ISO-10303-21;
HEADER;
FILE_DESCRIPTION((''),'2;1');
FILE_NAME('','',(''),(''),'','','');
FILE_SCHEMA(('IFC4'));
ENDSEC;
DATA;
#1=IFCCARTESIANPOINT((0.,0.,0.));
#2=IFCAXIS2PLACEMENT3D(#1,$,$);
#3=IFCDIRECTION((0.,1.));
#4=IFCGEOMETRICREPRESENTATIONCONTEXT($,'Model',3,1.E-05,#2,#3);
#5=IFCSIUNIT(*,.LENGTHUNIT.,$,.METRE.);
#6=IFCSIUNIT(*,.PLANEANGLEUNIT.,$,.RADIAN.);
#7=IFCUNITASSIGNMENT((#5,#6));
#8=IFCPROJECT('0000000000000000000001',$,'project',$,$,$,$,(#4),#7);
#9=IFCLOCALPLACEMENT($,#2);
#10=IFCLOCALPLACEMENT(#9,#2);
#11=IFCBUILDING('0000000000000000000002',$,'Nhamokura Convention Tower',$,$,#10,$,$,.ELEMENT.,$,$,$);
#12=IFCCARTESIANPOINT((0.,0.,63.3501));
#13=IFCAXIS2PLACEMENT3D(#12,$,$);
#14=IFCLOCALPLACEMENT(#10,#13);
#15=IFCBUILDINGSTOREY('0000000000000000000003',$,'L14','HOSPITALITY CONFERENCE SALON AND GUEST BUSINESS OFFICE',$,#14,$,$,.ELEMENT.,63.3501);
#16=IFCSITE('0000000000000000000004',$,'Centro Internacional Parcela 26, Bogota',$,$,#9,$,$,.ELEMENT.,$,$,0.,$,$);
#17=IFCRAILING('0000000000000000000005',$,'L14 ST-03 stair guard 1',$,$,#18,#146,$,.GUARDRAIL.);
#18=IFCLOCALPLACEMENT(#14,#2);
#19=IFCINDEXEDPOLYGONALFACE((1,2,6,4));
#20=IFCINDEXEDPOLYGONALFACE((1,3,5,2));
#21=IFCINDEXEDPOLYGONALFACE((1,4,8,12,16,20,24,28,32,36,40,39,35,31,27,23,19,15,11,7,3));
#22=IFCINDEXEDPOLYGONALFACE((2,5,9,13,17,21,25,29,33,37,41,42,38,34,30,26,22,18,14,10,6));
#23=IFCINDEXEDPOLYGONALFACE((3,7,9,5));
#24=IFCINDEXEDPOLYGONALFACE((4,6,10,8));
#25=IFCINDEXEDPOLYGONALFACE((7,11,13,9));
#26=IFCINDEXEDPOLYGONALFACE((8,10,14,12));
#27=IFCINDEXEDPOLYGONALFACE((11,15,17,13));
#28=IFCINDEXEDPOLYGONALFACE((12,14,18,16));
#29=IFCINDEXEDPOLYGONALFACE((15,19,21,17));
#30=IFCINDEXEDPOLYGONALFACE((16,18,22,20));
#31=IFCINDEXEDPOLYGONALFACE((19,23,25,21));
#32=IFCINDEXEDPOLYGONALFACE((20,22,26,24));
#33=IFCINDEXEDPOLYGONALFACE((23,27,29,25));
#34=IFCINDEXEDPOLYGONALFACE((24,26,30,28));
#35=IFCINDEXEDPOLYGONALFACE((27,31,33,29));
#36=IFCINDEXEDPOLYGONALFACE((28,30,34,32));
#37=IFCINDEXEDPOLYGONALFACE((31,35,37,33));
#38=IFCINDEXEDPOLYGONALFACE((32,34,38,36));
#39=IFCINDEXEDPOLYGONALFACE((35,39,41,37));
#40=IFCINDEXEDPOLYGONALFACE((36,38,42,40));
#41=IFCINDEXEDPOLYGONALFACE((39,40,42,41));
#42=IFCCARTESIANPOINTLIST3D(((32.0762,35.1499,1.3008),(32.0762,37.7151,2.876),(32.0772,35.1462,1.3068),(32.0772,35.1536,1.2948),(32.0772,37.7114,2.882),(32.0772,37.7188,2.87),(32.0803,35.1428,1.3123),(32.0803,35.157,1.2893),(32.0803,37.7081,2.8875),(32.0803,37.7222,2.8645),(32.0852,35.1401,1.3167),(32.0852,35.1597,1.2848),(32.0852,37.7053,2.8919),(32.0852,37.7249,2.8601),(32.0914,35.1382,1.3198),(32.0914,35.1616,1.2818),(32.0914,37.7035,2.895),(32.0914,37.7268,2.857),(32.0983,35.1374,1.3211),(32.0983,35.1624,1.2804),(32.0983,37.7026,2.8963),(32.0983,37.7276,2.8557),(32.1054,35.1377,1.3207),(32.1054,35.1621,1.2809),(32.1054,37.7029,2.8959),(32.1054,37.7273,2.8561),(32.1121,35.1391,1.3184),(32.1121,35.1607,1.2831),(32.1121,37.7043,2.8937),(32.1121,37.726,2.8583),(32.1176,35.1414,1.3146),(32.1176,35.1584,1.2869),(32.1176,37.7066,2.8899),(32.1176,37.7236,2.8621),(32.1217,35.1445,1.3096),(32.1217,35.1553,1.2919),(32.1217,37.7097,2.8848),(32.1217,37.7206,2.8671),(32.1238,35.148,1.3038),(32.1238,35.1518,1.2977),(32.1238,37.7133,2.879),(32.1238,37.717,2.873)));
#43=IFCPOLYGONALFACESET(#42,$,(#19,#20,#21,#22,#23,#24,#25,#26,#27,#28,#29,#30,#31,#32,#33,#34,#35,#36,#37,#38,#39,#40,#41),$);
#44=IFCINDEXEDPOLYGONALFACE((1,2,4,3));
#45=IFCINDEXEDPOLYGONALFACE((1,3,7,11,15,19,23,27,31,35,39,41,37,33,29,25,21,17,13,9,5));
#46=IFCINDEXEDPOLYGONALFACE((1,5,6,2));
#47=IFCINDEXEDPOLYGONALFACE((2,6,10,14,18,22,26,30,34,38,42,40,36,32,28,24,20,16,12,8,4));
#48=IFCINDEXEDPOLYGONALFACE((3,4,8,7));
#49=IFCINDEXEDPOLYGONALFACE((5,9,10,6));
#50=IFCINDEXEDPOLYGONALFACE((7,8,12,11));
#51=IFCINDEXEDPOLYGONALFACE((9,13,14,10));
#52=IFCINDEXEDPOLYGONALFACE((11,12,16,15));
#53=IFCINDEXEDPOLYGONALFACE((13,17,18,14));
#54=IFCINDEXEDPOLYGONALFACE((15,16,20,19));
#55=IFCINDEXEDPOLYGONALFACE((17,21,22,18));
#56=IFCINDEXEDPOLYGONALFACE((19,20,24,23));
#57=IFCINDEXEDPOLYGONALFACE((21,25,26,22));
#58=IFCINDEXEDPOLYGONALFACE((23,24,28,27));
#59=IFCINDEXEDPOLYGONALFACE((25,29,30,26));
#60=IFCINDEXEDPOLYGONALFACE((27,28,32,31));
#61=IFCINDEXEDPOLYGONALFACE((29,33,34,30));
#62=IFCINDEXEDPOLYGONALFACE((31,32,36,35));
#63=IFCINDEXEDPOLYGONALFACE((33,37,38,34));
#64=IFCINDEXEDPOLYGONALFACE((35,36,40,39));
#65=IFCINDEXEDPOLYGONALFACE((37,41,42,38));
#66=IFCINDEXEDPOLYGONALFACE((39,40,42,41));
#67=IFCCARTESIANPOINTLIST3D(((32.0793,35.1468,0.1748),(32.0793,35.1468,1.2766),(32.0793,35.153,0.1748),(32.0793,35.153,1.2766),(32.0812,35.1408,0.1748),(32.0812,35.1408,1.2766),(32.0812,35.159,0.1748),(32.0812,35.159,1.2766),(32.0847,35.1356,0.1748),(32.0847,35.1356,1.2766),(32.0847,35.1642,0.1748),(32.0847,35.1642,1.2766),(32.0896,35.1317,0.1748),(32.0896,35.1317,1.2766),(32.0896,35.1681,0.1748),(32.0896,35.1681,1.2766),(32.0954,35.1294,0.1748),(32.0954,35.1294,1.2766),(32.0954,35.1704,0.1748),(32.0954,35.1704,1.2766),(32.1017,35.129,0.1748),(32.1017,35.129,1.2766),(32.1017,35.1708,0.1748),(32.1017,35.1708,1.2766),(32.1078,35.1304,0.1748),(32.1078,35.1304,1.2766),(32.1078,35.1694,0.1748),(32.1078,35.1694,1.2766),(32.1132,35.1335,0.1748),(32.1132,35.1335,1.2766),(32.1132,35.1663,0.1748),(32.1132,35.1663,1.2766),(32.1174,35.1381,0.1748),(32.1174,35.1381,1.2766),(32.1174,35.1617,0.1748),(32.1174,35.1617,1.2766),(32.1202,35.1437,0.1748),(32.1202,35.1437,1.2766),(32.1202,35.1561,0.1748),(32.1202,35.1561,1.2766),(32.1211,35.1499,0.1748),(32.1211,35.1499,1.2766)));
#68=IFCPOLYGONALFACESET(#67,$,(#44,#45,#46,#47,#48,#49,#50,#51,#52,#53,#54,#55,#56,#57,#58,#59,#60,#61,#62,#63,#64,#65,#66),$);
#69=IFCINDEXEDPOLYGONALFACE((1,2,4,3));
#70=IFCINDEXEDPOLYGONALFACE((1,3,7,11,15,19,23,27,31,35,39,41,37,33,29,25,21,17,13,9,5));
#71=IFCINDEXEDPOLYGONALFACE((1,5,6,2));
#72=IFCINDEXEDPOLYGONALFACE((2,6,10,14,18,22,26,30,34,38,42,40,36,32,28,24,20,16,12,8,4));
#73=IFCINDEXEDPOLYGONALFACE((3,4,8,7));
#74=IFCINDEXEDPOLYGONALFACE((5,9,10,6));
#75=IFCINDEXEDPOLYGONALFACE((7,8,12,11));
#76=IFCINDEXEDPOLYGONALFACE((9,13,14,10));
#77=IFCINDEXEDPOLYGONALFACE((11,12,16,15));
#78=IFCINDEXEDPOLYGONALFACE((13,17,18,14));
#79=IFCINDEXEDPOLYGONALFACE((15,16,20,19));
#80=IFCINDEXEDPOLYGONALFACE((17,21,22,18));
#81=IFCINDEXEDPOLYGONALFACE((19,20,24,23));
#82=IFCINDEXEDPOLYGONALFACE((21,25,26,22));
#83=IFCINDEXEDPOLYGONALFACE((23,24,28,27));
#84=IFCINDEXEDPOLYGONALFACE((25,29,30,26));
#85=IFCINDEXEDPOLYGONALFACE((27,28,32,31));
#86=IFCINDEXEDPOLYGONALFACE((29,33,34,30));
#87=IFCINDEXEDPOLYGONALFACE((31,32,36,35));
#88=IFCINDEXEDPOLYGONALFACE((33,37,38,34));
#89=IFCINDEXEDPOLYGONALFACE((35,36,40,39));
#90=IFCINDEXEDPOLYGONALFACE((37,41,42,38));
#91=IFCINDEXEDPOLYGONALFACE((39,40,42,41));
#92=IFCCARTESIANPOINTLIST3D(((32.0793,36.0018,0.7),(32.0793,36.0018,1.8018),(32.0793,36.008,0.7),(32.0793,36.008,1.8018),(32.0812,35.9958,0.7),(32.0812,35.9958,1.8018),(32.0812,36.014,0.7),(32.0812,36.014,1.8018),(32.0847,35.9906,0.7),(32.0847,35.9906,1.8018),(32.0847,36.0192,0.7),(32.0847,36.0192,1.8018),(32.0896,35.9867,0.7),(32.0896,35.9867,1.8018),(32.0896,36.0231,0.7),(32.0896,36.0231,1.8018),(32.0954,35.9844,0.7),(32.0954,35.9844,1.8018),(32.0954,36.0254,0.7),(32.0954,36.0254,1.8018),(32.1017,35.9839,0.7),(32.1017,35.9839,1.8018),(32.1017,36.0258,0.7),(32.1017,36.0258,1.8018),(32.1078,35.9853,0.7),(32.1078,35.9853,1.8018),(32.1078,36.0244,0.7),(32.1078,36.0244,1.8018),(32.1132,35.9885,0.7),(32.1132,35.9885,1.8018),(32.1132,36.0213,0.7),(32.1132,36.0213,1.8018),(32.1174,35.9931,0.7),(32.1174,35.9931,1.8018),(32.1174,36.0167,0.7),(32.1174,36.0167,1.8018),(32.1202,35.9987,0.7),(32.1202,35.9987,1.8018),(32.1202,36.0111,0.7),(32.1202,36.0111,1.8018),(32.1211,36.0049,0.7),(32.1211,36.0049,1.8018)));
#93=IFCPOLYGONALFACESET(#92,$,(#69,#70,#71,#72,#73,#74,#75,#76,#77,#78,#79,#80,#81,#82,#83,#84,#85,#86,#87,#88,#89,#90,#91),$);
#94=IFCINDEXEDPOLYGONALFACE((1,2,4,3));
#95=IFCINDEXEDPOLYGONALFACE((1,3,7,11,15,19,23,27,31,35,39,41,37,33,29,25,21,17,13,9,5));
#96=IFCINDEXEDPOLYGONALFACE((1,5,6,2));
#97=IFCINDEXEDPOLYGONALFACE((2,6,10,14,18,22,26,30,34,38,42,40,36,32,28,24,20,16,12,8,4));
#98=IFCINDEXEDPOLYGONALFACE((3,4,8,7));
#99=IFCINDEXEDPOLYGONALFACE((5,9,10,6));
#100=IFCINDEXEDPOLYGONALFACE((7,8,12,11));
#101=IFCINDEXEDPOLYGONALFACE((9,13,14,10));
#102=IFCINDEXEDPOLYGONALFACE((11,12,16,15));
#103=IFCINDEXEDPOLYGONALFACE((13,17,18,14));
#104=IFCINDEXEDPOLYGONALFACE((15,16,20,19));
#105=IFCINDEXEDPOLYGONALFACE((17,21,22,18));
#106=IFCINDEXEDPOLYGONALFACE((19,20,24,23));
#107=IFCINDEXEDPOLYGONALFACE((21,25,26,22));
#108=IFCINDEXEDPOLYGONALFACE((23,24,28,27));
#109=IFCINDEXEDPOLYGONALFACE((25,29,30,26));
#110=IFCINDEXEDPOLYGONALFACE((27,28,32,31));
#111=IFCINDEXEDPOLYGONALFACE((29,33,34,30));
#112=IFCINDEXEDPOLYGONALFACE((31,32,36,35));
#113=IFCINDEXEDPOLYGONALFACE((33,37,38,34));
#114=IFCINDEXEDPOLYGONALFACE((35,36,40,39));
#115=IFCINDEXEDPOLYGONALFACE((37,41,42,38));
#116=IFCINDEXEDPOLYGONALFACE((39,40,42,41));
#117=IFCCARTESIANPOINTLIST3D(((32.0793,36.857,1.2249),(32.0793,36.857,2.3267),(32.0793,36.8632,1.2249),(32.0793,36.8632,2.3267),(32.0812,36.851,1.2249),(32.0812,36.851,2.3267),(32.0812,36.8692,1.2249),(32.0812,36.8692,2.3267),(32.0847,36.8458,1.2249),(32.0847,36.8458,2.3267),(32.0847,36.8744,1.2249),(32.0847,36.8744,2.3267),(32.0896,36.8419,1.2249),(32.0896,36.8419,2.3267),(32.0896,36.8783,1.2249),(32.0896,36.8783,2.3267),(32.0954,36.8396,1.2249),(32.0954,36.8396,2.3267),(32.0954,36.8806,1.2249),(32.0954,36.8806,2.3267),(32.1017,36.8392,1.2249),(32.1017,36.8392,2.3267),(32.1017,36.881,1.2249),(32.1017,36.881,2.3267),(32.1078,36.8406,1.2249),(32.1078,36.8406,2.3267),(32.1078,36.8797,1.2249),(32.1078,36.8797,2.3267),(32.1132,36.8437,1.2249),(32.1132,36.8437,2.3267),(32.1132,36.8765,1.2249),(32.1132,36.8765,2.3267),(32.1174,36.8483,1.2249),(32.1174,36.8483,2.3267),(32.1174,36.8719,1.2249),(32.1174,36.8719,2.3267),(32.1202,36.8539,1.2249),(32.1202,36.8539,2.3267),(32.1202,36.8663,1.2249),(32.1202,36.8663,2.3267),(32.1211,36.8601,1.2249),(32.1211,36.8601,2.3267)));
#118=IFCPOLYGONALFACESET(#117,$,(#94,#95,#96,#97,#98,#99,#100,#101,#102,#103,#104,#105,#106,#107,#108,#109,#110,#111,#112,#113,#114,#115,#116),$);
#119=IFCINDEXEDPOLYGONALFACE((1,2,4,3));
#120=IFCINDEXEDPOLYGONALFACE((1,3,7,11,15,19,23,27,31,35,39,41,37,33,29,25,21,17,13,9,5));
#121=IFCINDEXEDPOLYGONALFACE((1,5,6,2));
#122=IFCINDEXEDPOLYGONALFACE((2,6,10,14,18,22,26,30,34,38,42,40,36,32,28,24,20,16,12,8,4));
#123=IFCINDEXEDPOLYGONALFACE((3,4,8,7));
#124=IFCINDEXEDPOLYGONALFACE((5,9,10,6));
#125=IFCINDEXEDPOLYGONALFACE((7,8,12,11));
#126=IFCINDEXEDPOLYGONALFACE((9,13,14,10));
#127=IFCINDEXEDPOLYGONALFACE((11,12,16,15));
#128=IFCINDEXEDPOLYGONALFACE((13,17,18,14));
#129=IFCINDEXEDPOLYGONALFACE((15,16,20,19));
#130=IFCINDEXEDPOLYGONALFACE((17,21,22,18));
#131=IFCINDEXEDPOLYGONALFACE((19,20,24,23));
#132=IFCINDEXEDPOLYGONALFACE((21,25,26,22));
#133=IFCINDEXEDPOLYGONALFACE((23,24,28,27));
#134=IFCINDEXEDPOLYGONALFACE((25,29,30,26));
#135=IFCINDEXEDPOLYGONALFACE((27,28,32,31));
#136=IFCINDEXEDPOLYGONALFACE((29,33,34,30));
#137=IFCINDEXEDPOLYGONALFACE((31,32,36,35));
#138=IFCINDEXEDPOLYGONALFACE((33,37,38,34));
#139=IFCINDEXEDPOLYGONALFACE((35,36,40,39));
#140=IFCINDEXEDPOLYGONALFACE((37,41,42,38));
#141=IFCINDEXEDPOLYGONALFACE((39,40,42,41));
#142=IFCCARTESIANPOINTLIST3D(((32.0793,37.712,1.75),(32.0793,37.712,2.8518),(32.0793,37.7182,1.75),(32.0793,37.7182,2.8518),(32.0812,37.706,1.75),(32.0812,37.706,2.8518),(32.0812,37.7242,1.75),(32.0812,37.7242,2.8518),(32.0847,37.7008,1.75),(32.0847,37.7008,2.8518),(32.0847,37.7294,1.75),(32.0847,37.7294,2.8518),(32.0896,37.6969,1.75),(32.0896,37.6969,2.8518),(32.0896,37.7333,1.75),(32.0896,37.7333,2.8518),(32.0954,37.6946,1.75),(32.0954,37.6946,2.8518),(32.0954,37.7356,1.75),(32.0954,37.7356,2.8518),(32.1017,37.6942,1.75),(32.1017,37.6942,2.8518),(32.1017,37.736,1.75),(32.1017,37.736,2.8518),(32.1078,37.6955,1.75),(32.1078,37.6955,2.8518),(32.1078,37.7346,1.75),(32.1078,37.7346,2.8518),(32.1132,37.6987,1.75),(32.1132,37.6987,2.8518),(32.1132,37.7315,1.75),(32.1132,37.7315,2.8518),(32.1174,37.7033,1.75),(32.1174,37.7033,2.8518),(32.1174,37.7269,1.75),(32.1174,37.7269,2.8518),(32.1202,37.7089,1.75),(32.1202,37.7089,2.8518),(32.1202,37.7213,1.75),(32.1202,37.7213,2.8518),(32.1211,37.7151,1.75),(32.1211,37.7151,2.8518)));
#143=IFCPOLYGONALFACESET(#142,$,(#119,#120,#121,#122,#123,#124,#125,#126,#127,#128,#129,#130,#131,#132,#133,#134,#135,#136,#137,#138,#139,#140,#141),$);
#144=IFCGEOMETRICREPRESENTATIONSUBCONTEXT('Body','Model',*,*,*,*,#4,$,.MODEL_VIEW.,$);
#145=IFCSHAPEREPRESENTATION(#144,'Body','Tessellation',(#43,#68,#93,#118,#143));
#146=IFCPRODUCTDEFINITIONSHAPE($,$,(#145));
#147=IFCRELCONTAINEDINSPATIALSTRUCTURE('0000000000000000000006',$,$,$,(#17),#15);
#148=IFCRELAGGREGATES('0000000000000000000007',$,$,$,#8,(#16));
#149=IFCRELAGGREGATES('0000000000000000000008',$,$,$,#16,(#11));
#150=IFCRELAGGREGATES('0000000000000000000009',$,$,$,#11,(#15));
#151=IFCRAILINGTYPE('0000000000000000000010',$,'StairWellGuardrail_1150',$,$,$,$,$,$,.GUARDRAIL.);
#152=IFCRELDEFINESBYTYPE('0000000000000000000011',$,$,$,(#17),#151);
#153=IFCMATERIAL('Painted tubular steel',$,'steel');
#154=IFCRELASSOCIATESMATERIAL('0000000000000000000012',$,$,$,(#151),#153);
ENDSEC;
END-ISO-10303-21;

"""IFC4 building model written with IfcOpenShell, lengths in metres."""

from ifc_helpers import new_model, si_unit, direction, frame, origin, origin_2d, place, context, subcontext, project, spatial, circle, extrude, material, type_object, element, save


model = new_model("IFC4")

# Units and contexts
model_context = context("Model", 3, precision=1e-05, world=origin(), true_north=direction((0.0, 1.0)))
body_context = subcontext(model_context, "Body", "Model", "MODEL_VIEW")
ifc_project = project(units=[si_unit("LENGTHUNIT", "METRE"), si_unit("PLANEANGLEUNIT", "RADIAN")], contexts=[model_context])

# Site, building, storey
site_placement = place(None, origin())
site = spatial("IfcSite", under=ifc_project, at=site_placement, Name="Centro Internacional Parcela 26, Bogota", CompositionType="ELEMENT", RefElevation=0.0)
building_placement = place(site_placement, origin())
building = spatial("IfcBuilding", under=site, at=building_placement, Name="Nhamokura Convention Tower", CompositionType="ELEMENT")
storey_placement = place(building_placement, frame((0.0, 0.0, 63.3501)))
storey = spatial("IfcBuildingStorey", under=building, at=storey_placement, Name="L14", Description="HOSPITALITY CONFERENCE SALON AND GUEST BUSINESS OFFICE", CompositionType="ELEMENT", Elevation=63.3501)

# Railing
ifc_material_1 = material(Name="Painted tubular steel", Category="steel")
railing_type_1 = type_object("IfcRailingType", Name="StairWellGuardrail_1150", PredefinedType="GUARDRAIL", material=ifc_material_1)
railing_1_placement = place(storey_placement, frame((32.1001, 35.1499, 0.1748)))
element("IfcRailing", 1, at=railing_1_placement, inside=storey, type_object=railing_type_1, Name="L14 ST-03 stair guard 1", PredefinedType="GUARDRAIL", context=body_context, shape_type="SweptSolid", body=[
    extrude(circle(Radius=0.0239, at=origin_2d()), frame((0.0, 0.0, 1.126), z_axis=(0.0, 0.852159, 0.523283), x_axis=(-1.0, 0.0, 0.0)), (0.0, 0.0, 1.0), 3.0103),
    extrude(circle(Radius=0.021, at=origin_2d()), origin(), (0.0, 0.0, 1.0), 1.1018),
    extrude(circle(Radius=0.021, at=origin_2d()), frame((0.0, 0.855, 0.5251)), (0.0, 0.0, 1.0), 1.1018),
    extrude(circle(Radius=0.021, at=origin_2d()), frame((0.0, 1.7102, 1.05)), (0.0, 0.0, 1.0), 1.1018),
    extrude(circle(Radius=0.021, at=origin_2d()), frame((0.0, 2.5652, 1.5752)), (0.0, 0.0, 1.0), 1.1018),
])

save(model, "model.ifc")
